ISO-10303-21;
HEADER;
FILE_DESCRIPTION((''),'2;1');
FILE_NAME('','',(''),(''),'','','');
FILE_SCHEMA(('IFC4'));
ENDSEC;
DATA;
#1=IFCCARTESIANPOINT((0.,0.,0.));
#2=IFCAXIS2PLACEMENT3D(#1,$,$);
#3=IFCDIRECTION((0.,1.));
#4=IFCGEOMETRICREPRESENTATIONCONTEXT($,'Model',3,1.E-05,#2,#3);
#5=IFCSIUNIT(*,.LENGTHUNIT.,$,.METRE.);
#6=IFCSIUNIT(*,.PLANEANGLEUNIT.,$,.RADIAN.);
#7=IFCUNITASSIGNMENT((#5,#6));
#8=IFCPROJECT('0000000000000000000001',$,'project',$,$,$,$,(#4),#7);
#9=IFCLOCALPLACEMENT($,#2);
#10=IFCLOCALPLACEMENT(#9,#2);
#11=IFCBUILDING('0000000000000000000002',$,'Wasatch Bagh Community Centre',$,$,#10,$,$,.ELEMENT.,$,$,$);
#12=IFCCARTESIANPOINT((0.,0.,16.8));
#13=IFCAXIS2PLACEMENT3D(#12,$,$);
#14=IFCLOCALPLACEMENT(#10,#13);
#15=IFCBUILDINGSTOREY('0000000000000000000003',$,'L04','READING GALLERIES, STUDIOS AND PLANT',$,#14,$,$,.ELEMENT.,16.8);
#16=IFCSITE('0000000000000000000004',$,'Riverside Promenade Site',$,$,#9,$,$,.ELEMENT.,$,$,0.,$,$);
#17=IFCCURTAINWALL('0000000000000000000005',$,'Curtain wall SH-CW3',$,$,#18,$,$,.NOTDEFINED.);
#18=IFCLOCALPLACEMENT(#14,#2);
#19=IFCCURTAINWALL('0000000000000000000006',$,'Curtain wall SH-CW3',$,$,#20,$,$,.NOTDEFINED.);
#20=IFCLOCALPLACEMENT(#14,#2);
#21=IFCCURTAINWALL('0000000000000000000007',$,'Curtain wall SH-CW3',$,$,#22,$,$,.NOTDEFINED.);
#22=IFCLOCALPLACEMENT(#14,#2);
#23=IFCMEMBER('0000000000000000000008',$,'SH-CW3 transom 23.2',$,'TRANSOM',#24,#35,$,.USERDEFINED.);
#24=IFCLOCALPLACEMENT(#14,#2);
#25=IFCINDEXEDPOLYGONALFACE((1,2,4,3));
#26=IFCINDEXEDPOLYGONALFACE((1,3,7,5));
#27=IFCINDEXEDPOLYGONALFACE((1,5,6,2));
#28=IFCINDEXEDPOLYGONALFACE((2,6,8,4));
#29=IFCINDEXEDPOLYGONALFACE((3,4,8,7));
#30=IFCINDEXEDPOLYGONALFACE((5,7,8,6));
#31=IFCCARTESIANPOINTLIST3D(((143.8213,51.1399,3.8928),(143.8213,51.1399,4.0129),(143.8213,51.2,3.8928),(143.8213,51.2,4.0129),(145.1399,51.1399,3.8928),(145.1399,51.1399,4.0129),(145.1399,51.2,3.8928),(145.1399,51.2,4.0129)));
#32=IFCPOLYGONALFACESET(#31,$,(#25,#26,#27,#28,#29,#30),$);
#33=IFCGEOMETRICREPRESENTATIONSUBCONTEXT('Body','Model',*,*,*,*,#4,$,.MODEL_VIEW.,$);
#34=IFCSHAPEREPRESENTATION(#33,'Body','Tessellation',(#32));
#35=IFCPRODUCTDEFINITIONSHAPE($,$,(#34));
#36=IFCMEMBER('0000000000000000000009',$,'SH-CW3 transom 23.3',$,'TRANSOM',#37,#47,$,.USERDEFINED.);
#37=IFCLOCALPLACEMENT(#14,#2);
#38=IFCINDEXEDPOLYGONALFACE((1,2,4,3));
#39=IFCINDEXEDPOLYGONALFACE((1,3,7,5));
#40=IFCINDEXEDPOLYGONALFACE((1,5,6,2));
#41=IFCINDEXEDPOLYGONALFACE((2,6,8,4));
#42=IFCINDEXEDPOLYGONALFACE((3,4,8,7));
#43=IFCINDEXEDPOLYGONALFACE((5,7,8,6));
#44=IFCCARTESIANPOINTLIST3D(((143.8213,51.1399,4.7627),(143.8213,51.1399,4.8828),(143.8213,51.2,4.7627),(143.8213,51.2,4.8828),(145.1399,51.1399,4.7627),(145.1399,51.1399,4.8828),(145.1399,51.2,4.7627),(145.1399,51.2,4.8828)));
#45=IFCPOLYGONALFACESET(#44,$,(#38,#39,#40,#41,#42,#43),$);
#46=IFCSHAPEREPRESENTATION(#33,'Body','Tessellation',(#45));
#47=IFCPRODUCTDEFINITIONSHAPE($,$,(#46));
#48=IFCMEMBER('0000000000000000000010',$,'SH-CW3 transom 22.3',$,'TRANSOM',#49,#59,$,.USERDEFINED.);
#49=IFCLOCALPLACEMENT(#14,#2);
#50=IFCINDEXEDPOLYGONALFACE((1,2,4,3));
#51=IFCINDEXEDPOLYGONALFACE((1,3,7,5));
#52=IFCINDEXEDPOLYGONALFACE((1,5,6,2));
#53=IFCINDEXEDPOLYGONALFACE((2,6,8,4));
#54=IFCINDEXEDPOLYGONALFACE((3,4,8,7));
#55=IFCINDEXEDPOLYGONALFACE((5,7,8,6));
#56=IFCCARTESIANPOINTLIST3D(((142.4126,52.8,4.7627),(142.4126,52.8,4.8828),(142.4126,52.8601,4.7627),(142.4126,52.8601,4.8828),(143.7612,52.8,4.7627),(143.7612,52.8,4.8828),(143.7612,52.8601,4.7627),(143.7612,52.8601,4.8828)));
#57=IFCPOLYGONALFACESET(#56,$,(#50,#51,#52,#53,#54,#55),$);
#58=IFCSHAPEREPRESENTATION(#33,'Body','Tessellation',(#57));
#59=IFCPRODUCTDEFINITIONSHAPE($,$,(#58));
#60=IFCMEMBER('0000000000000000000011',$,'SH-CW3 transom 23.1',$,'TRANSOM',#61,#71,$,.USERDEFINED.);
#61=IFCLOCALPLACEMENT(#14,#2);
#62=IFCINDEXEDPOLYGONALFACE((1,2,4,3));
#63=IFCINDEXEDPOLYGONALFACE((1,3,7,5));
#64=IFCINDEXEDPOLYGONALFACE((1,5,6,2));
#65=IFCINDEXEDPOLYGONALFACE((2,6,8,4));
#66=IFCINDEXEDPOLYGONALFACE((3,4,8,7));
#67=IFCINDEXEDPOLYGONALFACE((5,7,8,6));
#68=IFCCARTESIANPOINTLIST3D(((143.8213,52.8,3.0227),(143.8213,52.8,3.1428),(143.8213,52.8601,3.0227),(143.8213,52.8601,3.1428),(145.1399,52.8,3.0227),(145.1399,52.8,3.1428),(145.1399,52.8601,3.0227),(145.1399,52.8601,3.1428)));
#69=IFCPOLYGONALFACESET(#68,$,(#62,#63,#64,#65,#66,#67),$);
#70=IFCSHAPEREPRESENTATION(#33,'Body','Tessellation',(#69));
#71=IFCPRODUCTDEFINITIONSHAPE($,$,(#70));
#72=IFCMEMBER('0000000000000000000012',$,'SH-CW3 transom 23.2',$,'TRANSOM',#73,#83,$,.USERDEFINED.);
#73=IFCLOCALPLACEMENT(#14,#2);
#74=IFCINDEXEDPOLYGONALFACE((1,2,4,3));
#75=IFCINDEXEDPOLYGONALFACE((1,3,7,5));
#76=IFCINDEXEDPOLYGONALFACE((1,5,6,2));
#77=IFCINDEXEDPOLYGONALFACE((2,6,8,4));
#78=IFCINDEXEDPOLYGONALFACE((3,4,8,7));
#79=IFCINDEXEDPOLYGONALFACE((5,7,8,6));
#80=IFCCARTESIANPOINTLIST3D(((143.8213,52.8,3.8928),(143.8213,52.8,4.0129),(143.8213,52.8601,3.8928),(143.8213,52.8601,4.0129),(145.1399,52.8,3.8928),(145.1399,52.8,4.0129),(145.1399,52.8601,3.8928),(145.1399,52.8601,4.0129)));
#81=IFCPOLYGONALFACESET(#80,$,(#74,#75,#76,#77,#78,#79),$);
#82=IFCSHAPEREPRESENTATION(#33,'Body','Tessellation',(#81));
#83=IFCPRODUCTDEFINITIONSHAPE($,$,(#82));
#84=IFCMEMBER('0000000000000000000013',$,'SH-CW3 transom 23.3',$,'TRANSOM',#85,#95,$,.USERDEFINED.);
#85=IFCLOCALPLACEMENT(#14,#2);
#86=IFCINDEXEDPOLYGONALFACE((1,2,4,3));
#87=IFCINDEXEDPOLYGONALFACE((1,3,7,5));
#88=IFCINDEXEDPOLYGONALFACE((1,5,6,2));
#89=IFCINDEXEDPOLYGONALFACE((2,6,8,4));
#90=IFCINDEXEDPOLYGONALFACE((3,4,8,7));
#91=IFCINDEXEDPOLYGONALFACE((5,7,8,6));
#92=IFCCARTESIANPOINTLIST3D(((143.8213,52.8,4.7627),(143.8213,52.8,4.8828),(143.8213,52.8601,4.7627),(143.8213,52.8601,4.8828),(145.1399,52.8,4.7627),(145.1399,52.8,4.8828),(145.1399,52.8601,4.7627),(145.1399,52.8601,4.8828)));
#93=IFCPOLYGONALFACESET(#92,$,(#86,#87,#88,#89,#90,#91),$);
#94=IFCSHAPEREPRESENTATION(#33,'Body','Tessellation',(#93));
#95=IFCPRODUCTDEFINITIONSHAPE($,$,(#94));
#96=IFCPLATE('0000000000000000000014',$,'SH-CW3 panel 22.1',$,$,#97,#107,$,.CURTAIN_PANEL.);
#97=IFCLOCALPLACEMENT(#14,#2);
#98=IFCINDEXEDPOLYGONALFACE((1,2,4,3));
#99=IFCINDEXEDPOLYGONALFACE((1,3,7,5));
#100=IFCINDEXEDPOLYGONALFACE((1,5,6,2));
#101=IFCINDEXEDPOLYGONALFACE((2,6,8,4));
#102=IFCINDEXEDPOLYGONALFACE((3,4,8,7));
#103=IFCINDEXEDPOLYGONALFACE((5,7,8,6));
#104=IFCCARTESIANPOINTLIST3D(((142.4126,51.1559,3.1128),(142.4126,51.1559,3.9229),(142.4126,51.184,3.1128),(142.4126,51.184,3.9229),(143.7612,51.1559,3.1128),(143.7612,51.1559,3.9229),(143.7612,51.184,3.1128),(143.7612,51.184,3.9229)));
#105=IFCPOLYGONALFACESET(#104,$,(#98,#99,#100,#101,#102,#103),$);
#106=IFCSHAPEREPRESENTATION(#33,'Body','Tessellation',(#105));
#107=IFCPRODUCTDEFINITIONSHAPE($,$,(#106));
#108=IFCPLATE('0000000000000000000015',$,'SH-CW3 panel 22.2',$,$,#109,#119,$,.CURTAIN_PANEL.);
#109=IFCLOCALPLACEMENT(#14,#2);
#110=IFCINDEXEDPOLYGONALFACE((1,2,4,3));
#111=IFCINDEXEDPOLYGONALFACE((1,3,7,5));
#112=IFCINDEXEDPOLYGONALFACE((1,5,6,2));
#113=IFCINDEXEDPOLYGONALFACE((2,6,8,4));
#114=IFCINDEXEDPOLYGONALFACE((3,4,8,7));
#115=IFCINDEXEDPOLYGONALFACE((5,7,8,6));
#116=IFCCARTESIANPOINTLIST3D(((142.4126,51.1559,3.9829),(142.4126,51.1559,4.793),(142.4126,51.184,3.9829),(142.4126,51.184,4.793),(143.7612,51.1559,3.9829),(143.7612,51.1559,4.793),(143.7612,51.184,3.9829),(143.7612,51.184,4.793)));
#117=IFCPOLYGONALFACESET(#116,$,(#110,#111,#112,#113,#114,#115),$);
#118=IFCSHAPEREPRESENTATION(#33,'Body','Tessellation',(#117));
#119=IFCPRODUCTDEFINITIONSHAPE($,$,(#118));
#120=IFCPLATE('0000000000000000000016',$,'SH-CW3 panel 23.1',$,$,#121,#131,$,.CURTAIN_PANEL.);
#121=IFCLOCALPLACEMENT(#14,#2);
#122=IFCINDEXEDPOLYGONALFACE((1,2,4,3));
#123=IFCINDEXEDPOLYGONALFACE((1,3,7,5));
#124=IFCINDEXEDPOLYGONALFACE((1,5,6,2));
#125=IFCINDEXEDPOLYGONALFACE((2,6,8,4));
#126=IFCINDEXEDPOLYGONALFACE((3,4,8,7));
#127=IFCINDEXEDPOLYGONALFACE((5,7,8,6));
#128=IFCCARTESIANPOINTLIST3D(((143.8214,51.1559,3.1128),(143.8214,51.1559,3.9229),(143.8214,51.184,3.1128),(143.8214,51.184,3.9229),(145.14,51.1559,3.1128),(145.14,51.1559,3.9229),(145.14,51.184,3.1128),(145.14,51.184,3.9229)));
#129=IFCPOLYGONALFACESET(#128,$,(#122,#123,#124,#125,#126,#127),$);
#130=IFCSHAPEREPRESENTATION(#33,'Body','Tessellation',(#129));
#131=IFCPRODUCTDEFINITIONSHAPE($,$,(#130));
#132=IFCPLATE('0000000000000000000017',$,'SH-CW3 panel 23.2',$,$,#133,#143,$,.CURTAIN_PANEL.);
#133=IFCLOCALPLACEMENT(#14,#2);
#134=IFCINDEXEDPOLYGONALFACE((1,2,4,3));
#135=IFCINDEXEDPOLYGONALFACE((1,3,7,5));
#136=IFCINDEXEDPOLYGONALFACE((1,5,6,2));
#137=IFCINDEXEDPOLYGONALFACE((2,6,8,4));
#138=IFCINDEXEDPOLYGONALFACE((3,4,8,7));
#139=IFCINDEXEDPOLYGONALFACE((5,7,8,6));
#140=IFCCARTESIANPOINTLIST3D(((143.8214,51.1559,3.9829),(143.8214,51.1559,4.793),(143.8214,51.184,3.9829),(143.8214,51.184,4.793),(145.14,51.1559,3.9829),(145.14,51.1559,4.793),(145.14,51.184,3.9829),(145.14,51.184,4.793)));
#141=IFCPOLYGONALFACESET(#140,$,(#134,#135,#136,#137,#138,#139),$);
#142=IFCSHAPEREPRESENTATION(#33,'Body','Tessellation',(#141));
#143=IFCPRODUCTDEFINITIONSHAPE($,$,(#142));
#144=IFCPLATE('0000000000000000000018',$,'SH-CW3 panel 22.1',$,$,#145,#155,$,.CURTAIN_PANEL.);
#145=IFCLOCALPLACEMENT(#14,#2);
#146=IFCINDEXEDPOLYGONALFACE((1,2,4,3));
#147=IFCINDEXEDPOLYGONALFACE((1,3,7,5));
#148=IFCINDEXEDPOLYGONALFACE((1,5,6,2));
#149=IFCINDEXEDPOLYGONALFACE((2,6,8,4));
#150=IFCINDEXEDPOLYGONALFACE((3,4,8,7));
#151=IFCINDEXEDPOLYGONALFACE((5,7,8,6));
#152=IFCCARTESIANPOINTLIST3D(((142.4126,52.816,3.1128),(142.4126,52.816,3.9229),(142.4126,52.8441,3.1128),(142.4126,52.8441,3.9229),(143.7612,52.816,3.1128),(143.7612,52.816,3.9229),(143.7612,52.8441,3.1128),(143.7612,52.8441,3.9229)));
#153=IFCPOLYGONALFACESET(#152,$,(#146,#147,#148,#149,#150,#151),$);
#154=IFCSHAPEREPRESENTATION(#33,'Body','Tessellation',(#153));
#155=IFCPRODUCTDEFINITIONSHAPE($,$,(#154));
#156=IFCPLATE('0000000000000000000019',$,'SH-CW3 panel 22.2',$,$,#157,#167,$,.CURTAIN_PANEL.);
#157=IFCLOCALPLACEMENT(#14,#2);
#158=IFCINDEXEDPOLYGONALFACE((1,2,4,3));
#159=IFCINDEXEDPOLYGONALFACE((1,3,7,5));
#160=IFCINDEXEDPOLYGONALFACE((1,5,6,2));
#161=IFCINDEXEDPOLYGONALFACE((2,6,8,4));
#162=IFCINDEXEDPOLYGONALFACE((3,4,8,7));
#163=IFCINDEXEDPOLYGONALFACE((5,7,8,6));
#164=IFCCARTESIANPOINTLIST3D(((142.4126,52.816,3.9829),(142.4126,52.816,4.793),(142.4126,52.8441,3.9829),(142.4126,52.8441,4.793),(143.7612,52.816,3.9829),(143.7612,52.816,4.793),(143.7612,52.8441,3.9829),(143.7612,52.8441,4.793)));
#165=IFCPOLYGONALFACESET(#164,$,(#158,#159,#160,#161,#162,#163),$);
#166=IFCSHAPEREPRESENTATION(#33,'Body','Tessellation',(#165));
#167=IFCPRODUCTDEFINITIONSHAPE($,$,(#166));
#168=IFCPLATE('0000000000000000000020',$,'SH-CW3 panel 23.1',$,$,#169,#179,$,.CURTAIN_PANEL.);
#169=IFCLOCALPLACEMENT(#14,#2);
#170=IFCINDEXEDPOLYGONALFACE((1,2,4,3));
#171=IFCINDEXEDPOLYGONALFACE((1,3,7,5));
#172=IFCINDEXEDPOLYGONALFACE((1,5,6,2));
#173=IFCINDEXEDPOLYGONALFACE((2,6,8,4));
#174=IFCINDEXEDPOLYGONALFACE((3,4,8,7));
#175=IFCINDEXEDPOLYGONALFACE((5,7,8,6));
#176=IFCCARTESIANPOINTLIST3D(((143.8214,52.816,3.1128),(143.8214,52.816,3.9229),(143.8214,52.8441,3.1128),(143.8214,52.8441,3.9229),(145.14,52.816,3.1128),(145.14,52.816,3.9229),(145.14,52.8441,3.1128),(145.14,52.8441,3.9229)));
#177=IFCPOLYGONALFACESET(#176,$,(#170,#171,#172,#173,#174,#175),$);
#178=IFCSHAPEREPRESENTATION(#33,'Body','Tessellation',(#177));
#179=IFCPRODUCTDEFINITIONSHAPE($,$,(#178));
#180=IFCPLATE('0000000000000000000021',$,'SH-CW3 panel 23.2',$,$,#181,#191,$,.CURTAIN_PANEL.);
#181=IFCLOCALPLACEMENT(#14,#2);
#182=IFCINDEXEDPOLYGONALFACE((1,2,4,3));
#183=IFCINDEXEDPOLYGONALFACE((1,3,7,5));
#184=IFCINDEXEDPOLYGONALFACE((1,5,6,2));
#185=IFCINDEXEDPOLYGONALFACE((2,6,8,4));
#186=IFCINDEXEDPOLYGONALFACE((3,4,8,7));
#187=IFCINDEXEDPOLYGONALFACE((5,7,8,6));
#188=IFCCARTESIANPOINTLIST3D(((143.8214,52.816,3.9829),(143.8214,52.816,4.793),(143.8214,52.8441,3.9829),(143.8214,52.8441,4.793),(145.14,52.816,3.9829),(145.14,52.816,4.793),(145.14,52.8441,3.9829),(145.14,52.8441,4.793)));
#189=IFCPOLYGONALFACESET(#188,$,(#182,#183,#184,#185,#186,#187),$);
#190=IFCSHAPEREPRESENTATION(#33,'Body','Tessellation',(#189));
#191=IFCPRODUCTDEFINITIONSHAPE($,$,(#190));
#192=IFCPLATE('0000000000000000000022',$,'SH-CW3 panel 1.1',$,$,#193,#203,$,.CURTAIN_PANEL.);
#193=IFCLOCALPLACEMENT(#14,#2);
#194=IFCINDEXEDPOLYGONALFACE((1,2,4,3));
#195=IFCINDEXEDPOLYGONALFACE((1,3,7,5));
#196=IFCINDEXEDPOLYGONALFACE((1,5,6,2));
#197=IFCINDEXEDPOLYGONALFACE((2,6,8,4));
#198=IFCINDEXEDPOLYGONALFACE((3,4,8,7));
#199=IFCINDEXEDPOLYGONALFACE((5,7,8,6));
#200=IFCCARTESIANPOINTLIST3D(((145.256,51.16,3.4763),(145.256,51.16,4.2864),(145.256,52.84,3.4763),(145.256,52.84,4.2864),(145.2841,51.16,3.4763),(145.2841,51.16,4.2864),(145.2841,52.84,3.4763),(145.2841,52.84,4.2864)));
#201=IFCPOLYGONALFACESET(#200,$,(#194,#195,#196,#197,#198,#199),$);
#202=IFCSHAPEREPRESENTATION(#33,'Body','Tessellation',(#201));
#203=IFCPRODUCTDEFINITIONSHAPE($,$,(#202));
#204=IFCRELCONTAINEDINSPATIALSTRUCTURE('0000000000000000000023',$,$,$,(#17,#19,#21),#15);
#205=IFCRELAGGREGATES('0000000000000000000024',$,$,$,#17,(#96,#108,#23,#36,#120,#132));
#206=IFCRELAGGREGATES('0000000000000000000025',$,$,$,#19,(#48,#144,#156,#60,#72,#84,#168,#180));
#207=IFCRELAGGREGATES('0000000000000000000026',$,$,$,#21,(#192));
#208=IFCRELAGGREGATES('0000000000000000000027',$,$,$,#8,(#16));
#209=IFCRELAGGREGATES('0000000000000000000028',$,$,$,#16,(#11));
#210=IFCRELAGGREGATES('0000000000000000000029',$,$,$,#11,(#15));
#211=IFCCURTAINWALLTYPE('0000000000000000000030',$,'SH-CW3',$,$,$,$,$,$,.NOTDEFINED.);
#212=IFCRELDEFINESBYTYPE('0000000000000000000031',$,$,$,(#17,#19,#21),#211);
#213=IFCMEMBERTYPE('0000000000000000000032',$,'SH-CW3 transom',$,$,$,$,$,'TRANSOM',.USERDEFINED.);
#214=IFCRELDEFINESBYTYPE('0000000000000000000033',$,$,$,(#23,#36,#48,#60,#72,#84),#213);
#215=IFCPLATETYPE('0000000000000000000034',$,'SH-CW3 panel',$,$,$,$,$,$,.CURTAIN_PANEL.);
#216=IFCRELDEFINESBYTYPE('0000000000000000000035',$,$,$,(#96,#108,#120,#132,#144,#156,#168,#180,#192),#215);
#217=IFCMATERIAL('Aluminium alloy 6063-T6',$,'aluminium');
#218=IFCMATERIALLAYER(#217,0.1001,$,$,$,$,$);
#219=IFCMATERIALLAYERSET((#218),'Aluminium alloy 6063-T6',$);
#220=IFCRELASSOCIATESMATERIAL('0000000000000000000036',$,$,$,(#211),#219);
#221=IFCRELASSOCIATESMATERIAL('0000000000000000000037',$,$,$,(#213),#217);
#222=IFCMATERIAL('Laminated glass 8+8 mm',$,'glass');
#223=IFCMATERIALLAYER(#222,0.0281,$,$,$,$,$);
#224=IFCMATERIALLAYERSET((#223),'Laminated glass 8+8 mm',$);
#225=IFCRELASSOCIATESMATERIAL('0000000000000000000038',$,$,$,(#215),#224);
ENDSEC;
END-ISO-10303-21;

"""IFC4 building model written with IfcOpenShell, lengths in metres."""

from ifc_helpers import new_model, si_unit, direction, frame, origin, origin_2d, place, context, subcontext, project, spatial, rectangle, extrude, material, layer, layer_set, material_profile, profile_set, type_object, element, aggregate, save


model = new_model("IFC4")

# Units and contexts
model_context = context("Model", 3, precision=1e-05, world=origin(), true_north=direction((0.0, 1.0)))
body_context = subcontext(model_context, "Body", "Model", "MODEL_VIEW")
ifc_project = project(units=[si_unit("LENGTHUNIT", "METRE"), si_unit("PLANEANGLEUNIT", "RADIAN")], contexts=[model_context])

# Site, building, storey
site_placement = place(None, origin())
site = spatial("IfcSite", under=ifc_project, at=site_placement, Name="Riverside Promenade Site", CompositionType="ELEMENT", RefElevation=0.0)
building_placement = place(site_placement, origin())
building = spatial("IfcBuilding", under=site, at=building_placement, Name="Wasatch Bagh Community Centre", CompositionType="ELEMENT")
storey_placement = place(building_placement, frame((0.0, 0.0, 16.8)))
storey = spatial("IfcBuildingStorey", under=building, at=storey_placement, Name="L04", Description="READING GALLERIES, STUDIOS AND PLANT", CompositionType="ELEMENT", Elevation=16.8)

# Curtain walls
ifc_material_1 = material(Name="Aluminium alloy 6063-T6", Category="aluminium")
ifc_layer_1 = layer(ifc_material_1, 0.1001)
ifc_layer_set_1 = layer_set([ifc_layer_1], Name="Aluminium alloy 6063-T6")
curtain_wall_type = type_object("IfcCurtainWallType", Name="SH-CW3", PredefinedType="NOTDEFINED", material=ifc_layer_set_1)
curtain_wall_1_placement = place(storey_placement, origin())
curtain_wall_1 = element("IfcCurtainWall", 1, at=curtain_wall_1_placement, inside=storey, type_object=curtain_wall_type, Name="Curtain wall SH-CW3", PredefinedType="NOTDEFINED")
curtain_wall_2_placement = place(storey_placement, origin())
curtain_wall_2 = element("IfcCurtainWall", 2, at=curtain_wall_2_placement, inside=storey, type_object=curtain_wall_type, Name="Curtain wall SH-CW3", PredefinedType="NOTDEFINED")

# Curtain wall
curtain_wall_3_placement = place(storey_placement, origin())
curtain_wall_3 = element("IfcCurtainWall", 3, at=curtain_wall_3_placement, inside=storey, type_object=curtain_wall_type, Name="Curtain wall SH-CW3", PredefinedType="NOTDEFINED")

# Members
ifc_material_profile_1 = material_profile(ifc_material_1, rectangle(XDim=0.0601, YDim=0.1201, at=origin_2d()), Name="AL 60x120")
ifc_profile_set_1 = profile_set([ifc_material_profile_1], Name="Aluminium alloy 6063-T6")
member_type_1 = type_object("IfcMemberType", Name="SH-CW3 transom", ElementType="TRANSOM", PredefinedType="USERDEFINED", material=ifc_profile_set_1)
member_1_placement = place(storey_placement, frame((143.8213, 51.1699, 3.9529), z_axis=(1.0, 0.0, 0.0), x_axis=(0.0, 1.0, 0.0)))
member_1 = element("IfcMember", 4, at=member_1_placement, type_object=member_type_1, Name="SH-CW3 transom 23.2", ObjectType="TRANSOM", PredefinedType="USERDEFINED", context=body_context, shape_type="SweptSolid", body=[
    extrude(rectangle(XDim=0.0601, YDim=0.1201, at=origin_2d()), origin(), (0.0, 0.0, 1.0), 1.3186),
])
member_2_placement = place(storey_placement, frame((143.8213, 51.1699, 4.8228), z_axis=(1.0, 0.0, 0.0), x_axis=(0.0, 1.0, 0.0)))
member_2 = element("IfcMember", 5, at=member_2_placement, type_object=member_type_1, Name="SH-CW3 transom 23.3", ObjectType="TRANSOM", PredefinedType="USERDEFINED", context=body_context, shape_type="SweptSolid", body=[
    extrude(rectangle(XDim=0.0601, YDim=0.1201, at=origin_2d()), origin(), (0.0, 0.0, 1.0), 1.3186),
])
member_3_placement = place(storey_placement, frame((142.4126, 52.8301, 4.8228), z_axis=(1.0, 0.0, 0.0), x_axis=(0.0, 1.0, 0.0)))
member_3 = element("IfcMember", 6, at=member_3_placement, type_object=member_type_1, Name="SH-CW3 transom 22.3", ObjectType="TRANSOM", PredefinedType="USERDEFINED", context=body_context, shape_type="SweptSolid", body=[
    extrude(rectangle(XDim=0.0601, YDim=0.1201, at=origin_2d()), origin(), (0.0, 0.0, 1.0), 1.3486),
])
member_4_placement = place(storey_placement, frame((143.8213, 52.8301, 3.0828), z_axis=(1.0, 0.0, 0.0), x_axis=(0.0, 1.0, 0.0)))
member_4 = element("IfcMember", 7, at=member_4_placement, type_object=member_type_1, Name="SH-CW3 transom 23.1", ObjectType="TRANSOM", PredefinedType="USERDEFINED", context=body_context, shape_type="SweptSolid", body=[
    extrude(rectangle(XDim=0.0601, YDim=0.1201, at=origin_2d()), origin(), (0.0, 0.0, 1.0), 1.3186),
])
member_5_placement = place(storey_placement, frame((143.8213, 52.8301, 3.9529), z_axis=(1.0, 0.0, 0.0), x_axis=(0.0, 1.0, 0.0)))
member_5 = element("IfcMember", 8, at=member_5_placement, type_object=member_type_1, Name="SH-CW3 transom 23.2", ObjectType="TRANSOM", PredefinedType="USERDEFINED", context=body_context, shape_type="SweptSolid", body=[
    extrude(rectangle(XDim=0.0601, YDim=0.1201, at=origin_2d()), origin(), (0.0, 0.0, 1.0), 1.3186),
])
member_6_placement = place(storey_placement, frame((143.8213, 52.8301, 4.8228), z_axis=(1.0, 0.0, 0.0), x_axis=(0.0, 1.0, 0.0)))
member_6 = element("IfcMember", 9, at=member_6_placement, type_object=member_type_1, Name="SH-CW3 transom 23.3", ObjectType="TRANSOM", PredefinedType="USERDEFINED", context=body_context, shape_type="SweptSolid", body=[
    extrude(rectangle(XDim=0.0601, YDim=0.1201, at=origin_2d()), origin(), (0.0, 0.0, 1.0), 1.3186),
])

# Plates
ifc_material_2 = material(Name="Laminated glass 8+8 mm", Category="glass")
ifc_layer_2 = layer(ifc_material_2, 0.0281)
ifc_layer_set_2 = layer_set([ifc_layer_2], Name="Laminated glass 8+8 mm")
plate_type = type_object("IfcPlateType", Name="SH-CW3 panel", PredefinedType="CURTAIN_PANEL", material=ifc_layer_set_2)
plate_1_placement = place(storey_placement, frame((143.0869, 51.1699, 3.1128), z_axis=(0.0, 0.0, 1.0), x_axis=(1.0, 0.0, 0.0)))
plate_1 = element("IfcPlate", 10, at=plate_1_placement, type_object=plate_type, Name="SH-CW3 panel 22.1", PredefinedType="CURTAIN_PANEL", context=body_context, shape_type="SweptSolid", body=[
    extrude(rectangle(XDim=1.3486, YDim=0.0281, at=origin_2d()), origin(), (0.0, 0.0, 1.0), 0.8101),
])
plate_2_placement = place(storey_placement, frame((143.0869, 51.1699, 3.9829), z_axis=(0.0, 0.0, 1.0), x_axis=(1.0, 0.0, 0.0)))
plate_2 = element("IfcPlate", 11, at=plate_2_placement, type_object=plate_type, Name="SH-CW3 panel 22.2", PredefinedType="CURTAIN_PANEL", context=body_context, shape_type="SweptSolid", body=[
    extrude(rectangle(XDim=1.3486, YDim=0.0281, at=origin_2d()), origin(), (0.0, 0.0, 1.0), 0.8101),
])
plate_3_placement = place(storey_placement, frame((144.4807, 51.1699, 3.1128), z_axis=(0.0, 0.0, 1.0), x_axis=(1.0, 0.0, 0.0)))
plate_3 = element("IfcPlate", 12, at=plate_3_placement, type_object=plate_type, Name="SH-CW3 panel 23.1", PredefinedType="CURTAIN_PANEL", context=body_context, shape_type="SweptSolid", body=[
    extrude(rectangle(XDim=1.3186, YDim=0.0281, at=origin_2d()), origin(), (0.0, 0.0, 1.0), 0.8101),
])
plate_4_placement = place(storey_placement, frame((144.4807, 51.1699, 3.9829), z_axis=(0.0, 0.0, 1.0), x_axis=(1.0, 0.0, 0.0)))
plate_4 = element("IfcPlate", 13, at=plate_4_placement, type_object=plate_type, Name="SH-CW3 panel 23.2", PredefinedType="CURTAIN_PANEL", context=body_context, shape_type="SweptSolid", body=[
    extrude(rectangle(XDim=1.3186, YDim=0.0281, at=origin_2d()), origin(), (0.0, 0.0, 1.0), 0.8101),
])
aggregate(curtain_wall_1, [plate_1, plate_2, member_1, member_2, plate_3, plate_4])
plate_5_placement = place(storey_placement, frame((143.0869, 52.8301, 3.1128), z_axis=(0.0, 0.0, 1.0), x_axis=(1.0, 0.0, 0.0)))
plate_5 = element("IfcPlate", 14, at=plate_5_placement, type_object=plate_type, Name="SH-CW3 panel 22.1", PredefinedType="CURTAIN_PANEL", context=body_context, shape_type="SweptSolid", body=[
    extrude(rectangle(XDim=1.3486, YDim=0.0281, at=origin_2d()), origin(), (0.0, 0.0, 1.0), 0.8101),
])
plate_6_placement = place(storey_placement, frame((143.0869, 52.8301, 3.9829), z_axis=(0.0, 0.0, 1.0), x_axis=(1.0, 0.0, 0.0)))
plate_6 = element("IfcPlate", 15, at=plate_6_placement, type_object=plate_type, Name="SH-CW3 panel 22.2", PredefinedType="CURTAIN_PANEL", context=body_context, shape_type="SweptSolid", body=[
    extrude(rectangle(XDim=1.3486, YDim=0.0281, at=origin_2d()), origin(), (0.0, 0.0, 1.0), 0.8101),
])
plate_7_placement = place(storey_placement, frame((144.4807, 52.8301, 3.1128), z_axis=(0.0, 0.0, 1.0), x_axis=(1.0, 0.0, 0.0)))
plate_7 = element("IfcPlate", 16, at=plate_7_placement, type_object=plate_type, Name="SH-CW3 panel 23.1", PredefinedType="CURTAIN_PANEL", context=body_context, shape_type="SweptSolid", body=[
    extrude(rectangle(XDim=1.3186, YDim=0.0281, at=origin_2d()), origin(), (0.0, 0.0, 1.0), 0.8101),
])
plate_8_placement = place(storey_placement, frame((144.4807, 52.8301, 3.9829), z_axis=(0.0, 0.0, 1.0), x_axis=(1.0, 0.0, 0.0)))
plate_8 = element("IfcPlate", 17, at=plate_8_placement, type_object=plate_type, Name="SH-CW3 panel 23.2", PredefinedType="CURTAIN_PANEL", context=body_context, shape_type="SweptSolid", body=[
    extrude(rectangle(XDim=1.3186, YDim=0.0281, at=origin_2d()), origin(), (0.0, 0.0, 1.0), 0.8101),
])
aggregate(curtain_wall_2, [member_3, plate_5, plate_6, member_4, member_5, member_6, plate_7, plate_8])
plate_9_placement = place(storey_placement, frame((145.27, 52.0, 3.4763), z_axis=(0.0, 0.0, 1.0), x_axis=(0.0, 1.0, 0.0)))
plate_9 = element("IfcPlate", 18, at=plate_9_placement, type_object=plate_type, Name="SH-CW3 panel 1.1", PredefinedType="CURTAIN_PANEL", context=body_context, shape_type="SweptSolid", body=[
    extrude(rectangle(XDim=1.6799, YDim=0.0281, at=origin_2d()), origin(), (0.0, 0.0, 1.0), 0.8101),
])
aggregate(curtain_wall_3, [plate_9])

save(model, "model.ifc")
